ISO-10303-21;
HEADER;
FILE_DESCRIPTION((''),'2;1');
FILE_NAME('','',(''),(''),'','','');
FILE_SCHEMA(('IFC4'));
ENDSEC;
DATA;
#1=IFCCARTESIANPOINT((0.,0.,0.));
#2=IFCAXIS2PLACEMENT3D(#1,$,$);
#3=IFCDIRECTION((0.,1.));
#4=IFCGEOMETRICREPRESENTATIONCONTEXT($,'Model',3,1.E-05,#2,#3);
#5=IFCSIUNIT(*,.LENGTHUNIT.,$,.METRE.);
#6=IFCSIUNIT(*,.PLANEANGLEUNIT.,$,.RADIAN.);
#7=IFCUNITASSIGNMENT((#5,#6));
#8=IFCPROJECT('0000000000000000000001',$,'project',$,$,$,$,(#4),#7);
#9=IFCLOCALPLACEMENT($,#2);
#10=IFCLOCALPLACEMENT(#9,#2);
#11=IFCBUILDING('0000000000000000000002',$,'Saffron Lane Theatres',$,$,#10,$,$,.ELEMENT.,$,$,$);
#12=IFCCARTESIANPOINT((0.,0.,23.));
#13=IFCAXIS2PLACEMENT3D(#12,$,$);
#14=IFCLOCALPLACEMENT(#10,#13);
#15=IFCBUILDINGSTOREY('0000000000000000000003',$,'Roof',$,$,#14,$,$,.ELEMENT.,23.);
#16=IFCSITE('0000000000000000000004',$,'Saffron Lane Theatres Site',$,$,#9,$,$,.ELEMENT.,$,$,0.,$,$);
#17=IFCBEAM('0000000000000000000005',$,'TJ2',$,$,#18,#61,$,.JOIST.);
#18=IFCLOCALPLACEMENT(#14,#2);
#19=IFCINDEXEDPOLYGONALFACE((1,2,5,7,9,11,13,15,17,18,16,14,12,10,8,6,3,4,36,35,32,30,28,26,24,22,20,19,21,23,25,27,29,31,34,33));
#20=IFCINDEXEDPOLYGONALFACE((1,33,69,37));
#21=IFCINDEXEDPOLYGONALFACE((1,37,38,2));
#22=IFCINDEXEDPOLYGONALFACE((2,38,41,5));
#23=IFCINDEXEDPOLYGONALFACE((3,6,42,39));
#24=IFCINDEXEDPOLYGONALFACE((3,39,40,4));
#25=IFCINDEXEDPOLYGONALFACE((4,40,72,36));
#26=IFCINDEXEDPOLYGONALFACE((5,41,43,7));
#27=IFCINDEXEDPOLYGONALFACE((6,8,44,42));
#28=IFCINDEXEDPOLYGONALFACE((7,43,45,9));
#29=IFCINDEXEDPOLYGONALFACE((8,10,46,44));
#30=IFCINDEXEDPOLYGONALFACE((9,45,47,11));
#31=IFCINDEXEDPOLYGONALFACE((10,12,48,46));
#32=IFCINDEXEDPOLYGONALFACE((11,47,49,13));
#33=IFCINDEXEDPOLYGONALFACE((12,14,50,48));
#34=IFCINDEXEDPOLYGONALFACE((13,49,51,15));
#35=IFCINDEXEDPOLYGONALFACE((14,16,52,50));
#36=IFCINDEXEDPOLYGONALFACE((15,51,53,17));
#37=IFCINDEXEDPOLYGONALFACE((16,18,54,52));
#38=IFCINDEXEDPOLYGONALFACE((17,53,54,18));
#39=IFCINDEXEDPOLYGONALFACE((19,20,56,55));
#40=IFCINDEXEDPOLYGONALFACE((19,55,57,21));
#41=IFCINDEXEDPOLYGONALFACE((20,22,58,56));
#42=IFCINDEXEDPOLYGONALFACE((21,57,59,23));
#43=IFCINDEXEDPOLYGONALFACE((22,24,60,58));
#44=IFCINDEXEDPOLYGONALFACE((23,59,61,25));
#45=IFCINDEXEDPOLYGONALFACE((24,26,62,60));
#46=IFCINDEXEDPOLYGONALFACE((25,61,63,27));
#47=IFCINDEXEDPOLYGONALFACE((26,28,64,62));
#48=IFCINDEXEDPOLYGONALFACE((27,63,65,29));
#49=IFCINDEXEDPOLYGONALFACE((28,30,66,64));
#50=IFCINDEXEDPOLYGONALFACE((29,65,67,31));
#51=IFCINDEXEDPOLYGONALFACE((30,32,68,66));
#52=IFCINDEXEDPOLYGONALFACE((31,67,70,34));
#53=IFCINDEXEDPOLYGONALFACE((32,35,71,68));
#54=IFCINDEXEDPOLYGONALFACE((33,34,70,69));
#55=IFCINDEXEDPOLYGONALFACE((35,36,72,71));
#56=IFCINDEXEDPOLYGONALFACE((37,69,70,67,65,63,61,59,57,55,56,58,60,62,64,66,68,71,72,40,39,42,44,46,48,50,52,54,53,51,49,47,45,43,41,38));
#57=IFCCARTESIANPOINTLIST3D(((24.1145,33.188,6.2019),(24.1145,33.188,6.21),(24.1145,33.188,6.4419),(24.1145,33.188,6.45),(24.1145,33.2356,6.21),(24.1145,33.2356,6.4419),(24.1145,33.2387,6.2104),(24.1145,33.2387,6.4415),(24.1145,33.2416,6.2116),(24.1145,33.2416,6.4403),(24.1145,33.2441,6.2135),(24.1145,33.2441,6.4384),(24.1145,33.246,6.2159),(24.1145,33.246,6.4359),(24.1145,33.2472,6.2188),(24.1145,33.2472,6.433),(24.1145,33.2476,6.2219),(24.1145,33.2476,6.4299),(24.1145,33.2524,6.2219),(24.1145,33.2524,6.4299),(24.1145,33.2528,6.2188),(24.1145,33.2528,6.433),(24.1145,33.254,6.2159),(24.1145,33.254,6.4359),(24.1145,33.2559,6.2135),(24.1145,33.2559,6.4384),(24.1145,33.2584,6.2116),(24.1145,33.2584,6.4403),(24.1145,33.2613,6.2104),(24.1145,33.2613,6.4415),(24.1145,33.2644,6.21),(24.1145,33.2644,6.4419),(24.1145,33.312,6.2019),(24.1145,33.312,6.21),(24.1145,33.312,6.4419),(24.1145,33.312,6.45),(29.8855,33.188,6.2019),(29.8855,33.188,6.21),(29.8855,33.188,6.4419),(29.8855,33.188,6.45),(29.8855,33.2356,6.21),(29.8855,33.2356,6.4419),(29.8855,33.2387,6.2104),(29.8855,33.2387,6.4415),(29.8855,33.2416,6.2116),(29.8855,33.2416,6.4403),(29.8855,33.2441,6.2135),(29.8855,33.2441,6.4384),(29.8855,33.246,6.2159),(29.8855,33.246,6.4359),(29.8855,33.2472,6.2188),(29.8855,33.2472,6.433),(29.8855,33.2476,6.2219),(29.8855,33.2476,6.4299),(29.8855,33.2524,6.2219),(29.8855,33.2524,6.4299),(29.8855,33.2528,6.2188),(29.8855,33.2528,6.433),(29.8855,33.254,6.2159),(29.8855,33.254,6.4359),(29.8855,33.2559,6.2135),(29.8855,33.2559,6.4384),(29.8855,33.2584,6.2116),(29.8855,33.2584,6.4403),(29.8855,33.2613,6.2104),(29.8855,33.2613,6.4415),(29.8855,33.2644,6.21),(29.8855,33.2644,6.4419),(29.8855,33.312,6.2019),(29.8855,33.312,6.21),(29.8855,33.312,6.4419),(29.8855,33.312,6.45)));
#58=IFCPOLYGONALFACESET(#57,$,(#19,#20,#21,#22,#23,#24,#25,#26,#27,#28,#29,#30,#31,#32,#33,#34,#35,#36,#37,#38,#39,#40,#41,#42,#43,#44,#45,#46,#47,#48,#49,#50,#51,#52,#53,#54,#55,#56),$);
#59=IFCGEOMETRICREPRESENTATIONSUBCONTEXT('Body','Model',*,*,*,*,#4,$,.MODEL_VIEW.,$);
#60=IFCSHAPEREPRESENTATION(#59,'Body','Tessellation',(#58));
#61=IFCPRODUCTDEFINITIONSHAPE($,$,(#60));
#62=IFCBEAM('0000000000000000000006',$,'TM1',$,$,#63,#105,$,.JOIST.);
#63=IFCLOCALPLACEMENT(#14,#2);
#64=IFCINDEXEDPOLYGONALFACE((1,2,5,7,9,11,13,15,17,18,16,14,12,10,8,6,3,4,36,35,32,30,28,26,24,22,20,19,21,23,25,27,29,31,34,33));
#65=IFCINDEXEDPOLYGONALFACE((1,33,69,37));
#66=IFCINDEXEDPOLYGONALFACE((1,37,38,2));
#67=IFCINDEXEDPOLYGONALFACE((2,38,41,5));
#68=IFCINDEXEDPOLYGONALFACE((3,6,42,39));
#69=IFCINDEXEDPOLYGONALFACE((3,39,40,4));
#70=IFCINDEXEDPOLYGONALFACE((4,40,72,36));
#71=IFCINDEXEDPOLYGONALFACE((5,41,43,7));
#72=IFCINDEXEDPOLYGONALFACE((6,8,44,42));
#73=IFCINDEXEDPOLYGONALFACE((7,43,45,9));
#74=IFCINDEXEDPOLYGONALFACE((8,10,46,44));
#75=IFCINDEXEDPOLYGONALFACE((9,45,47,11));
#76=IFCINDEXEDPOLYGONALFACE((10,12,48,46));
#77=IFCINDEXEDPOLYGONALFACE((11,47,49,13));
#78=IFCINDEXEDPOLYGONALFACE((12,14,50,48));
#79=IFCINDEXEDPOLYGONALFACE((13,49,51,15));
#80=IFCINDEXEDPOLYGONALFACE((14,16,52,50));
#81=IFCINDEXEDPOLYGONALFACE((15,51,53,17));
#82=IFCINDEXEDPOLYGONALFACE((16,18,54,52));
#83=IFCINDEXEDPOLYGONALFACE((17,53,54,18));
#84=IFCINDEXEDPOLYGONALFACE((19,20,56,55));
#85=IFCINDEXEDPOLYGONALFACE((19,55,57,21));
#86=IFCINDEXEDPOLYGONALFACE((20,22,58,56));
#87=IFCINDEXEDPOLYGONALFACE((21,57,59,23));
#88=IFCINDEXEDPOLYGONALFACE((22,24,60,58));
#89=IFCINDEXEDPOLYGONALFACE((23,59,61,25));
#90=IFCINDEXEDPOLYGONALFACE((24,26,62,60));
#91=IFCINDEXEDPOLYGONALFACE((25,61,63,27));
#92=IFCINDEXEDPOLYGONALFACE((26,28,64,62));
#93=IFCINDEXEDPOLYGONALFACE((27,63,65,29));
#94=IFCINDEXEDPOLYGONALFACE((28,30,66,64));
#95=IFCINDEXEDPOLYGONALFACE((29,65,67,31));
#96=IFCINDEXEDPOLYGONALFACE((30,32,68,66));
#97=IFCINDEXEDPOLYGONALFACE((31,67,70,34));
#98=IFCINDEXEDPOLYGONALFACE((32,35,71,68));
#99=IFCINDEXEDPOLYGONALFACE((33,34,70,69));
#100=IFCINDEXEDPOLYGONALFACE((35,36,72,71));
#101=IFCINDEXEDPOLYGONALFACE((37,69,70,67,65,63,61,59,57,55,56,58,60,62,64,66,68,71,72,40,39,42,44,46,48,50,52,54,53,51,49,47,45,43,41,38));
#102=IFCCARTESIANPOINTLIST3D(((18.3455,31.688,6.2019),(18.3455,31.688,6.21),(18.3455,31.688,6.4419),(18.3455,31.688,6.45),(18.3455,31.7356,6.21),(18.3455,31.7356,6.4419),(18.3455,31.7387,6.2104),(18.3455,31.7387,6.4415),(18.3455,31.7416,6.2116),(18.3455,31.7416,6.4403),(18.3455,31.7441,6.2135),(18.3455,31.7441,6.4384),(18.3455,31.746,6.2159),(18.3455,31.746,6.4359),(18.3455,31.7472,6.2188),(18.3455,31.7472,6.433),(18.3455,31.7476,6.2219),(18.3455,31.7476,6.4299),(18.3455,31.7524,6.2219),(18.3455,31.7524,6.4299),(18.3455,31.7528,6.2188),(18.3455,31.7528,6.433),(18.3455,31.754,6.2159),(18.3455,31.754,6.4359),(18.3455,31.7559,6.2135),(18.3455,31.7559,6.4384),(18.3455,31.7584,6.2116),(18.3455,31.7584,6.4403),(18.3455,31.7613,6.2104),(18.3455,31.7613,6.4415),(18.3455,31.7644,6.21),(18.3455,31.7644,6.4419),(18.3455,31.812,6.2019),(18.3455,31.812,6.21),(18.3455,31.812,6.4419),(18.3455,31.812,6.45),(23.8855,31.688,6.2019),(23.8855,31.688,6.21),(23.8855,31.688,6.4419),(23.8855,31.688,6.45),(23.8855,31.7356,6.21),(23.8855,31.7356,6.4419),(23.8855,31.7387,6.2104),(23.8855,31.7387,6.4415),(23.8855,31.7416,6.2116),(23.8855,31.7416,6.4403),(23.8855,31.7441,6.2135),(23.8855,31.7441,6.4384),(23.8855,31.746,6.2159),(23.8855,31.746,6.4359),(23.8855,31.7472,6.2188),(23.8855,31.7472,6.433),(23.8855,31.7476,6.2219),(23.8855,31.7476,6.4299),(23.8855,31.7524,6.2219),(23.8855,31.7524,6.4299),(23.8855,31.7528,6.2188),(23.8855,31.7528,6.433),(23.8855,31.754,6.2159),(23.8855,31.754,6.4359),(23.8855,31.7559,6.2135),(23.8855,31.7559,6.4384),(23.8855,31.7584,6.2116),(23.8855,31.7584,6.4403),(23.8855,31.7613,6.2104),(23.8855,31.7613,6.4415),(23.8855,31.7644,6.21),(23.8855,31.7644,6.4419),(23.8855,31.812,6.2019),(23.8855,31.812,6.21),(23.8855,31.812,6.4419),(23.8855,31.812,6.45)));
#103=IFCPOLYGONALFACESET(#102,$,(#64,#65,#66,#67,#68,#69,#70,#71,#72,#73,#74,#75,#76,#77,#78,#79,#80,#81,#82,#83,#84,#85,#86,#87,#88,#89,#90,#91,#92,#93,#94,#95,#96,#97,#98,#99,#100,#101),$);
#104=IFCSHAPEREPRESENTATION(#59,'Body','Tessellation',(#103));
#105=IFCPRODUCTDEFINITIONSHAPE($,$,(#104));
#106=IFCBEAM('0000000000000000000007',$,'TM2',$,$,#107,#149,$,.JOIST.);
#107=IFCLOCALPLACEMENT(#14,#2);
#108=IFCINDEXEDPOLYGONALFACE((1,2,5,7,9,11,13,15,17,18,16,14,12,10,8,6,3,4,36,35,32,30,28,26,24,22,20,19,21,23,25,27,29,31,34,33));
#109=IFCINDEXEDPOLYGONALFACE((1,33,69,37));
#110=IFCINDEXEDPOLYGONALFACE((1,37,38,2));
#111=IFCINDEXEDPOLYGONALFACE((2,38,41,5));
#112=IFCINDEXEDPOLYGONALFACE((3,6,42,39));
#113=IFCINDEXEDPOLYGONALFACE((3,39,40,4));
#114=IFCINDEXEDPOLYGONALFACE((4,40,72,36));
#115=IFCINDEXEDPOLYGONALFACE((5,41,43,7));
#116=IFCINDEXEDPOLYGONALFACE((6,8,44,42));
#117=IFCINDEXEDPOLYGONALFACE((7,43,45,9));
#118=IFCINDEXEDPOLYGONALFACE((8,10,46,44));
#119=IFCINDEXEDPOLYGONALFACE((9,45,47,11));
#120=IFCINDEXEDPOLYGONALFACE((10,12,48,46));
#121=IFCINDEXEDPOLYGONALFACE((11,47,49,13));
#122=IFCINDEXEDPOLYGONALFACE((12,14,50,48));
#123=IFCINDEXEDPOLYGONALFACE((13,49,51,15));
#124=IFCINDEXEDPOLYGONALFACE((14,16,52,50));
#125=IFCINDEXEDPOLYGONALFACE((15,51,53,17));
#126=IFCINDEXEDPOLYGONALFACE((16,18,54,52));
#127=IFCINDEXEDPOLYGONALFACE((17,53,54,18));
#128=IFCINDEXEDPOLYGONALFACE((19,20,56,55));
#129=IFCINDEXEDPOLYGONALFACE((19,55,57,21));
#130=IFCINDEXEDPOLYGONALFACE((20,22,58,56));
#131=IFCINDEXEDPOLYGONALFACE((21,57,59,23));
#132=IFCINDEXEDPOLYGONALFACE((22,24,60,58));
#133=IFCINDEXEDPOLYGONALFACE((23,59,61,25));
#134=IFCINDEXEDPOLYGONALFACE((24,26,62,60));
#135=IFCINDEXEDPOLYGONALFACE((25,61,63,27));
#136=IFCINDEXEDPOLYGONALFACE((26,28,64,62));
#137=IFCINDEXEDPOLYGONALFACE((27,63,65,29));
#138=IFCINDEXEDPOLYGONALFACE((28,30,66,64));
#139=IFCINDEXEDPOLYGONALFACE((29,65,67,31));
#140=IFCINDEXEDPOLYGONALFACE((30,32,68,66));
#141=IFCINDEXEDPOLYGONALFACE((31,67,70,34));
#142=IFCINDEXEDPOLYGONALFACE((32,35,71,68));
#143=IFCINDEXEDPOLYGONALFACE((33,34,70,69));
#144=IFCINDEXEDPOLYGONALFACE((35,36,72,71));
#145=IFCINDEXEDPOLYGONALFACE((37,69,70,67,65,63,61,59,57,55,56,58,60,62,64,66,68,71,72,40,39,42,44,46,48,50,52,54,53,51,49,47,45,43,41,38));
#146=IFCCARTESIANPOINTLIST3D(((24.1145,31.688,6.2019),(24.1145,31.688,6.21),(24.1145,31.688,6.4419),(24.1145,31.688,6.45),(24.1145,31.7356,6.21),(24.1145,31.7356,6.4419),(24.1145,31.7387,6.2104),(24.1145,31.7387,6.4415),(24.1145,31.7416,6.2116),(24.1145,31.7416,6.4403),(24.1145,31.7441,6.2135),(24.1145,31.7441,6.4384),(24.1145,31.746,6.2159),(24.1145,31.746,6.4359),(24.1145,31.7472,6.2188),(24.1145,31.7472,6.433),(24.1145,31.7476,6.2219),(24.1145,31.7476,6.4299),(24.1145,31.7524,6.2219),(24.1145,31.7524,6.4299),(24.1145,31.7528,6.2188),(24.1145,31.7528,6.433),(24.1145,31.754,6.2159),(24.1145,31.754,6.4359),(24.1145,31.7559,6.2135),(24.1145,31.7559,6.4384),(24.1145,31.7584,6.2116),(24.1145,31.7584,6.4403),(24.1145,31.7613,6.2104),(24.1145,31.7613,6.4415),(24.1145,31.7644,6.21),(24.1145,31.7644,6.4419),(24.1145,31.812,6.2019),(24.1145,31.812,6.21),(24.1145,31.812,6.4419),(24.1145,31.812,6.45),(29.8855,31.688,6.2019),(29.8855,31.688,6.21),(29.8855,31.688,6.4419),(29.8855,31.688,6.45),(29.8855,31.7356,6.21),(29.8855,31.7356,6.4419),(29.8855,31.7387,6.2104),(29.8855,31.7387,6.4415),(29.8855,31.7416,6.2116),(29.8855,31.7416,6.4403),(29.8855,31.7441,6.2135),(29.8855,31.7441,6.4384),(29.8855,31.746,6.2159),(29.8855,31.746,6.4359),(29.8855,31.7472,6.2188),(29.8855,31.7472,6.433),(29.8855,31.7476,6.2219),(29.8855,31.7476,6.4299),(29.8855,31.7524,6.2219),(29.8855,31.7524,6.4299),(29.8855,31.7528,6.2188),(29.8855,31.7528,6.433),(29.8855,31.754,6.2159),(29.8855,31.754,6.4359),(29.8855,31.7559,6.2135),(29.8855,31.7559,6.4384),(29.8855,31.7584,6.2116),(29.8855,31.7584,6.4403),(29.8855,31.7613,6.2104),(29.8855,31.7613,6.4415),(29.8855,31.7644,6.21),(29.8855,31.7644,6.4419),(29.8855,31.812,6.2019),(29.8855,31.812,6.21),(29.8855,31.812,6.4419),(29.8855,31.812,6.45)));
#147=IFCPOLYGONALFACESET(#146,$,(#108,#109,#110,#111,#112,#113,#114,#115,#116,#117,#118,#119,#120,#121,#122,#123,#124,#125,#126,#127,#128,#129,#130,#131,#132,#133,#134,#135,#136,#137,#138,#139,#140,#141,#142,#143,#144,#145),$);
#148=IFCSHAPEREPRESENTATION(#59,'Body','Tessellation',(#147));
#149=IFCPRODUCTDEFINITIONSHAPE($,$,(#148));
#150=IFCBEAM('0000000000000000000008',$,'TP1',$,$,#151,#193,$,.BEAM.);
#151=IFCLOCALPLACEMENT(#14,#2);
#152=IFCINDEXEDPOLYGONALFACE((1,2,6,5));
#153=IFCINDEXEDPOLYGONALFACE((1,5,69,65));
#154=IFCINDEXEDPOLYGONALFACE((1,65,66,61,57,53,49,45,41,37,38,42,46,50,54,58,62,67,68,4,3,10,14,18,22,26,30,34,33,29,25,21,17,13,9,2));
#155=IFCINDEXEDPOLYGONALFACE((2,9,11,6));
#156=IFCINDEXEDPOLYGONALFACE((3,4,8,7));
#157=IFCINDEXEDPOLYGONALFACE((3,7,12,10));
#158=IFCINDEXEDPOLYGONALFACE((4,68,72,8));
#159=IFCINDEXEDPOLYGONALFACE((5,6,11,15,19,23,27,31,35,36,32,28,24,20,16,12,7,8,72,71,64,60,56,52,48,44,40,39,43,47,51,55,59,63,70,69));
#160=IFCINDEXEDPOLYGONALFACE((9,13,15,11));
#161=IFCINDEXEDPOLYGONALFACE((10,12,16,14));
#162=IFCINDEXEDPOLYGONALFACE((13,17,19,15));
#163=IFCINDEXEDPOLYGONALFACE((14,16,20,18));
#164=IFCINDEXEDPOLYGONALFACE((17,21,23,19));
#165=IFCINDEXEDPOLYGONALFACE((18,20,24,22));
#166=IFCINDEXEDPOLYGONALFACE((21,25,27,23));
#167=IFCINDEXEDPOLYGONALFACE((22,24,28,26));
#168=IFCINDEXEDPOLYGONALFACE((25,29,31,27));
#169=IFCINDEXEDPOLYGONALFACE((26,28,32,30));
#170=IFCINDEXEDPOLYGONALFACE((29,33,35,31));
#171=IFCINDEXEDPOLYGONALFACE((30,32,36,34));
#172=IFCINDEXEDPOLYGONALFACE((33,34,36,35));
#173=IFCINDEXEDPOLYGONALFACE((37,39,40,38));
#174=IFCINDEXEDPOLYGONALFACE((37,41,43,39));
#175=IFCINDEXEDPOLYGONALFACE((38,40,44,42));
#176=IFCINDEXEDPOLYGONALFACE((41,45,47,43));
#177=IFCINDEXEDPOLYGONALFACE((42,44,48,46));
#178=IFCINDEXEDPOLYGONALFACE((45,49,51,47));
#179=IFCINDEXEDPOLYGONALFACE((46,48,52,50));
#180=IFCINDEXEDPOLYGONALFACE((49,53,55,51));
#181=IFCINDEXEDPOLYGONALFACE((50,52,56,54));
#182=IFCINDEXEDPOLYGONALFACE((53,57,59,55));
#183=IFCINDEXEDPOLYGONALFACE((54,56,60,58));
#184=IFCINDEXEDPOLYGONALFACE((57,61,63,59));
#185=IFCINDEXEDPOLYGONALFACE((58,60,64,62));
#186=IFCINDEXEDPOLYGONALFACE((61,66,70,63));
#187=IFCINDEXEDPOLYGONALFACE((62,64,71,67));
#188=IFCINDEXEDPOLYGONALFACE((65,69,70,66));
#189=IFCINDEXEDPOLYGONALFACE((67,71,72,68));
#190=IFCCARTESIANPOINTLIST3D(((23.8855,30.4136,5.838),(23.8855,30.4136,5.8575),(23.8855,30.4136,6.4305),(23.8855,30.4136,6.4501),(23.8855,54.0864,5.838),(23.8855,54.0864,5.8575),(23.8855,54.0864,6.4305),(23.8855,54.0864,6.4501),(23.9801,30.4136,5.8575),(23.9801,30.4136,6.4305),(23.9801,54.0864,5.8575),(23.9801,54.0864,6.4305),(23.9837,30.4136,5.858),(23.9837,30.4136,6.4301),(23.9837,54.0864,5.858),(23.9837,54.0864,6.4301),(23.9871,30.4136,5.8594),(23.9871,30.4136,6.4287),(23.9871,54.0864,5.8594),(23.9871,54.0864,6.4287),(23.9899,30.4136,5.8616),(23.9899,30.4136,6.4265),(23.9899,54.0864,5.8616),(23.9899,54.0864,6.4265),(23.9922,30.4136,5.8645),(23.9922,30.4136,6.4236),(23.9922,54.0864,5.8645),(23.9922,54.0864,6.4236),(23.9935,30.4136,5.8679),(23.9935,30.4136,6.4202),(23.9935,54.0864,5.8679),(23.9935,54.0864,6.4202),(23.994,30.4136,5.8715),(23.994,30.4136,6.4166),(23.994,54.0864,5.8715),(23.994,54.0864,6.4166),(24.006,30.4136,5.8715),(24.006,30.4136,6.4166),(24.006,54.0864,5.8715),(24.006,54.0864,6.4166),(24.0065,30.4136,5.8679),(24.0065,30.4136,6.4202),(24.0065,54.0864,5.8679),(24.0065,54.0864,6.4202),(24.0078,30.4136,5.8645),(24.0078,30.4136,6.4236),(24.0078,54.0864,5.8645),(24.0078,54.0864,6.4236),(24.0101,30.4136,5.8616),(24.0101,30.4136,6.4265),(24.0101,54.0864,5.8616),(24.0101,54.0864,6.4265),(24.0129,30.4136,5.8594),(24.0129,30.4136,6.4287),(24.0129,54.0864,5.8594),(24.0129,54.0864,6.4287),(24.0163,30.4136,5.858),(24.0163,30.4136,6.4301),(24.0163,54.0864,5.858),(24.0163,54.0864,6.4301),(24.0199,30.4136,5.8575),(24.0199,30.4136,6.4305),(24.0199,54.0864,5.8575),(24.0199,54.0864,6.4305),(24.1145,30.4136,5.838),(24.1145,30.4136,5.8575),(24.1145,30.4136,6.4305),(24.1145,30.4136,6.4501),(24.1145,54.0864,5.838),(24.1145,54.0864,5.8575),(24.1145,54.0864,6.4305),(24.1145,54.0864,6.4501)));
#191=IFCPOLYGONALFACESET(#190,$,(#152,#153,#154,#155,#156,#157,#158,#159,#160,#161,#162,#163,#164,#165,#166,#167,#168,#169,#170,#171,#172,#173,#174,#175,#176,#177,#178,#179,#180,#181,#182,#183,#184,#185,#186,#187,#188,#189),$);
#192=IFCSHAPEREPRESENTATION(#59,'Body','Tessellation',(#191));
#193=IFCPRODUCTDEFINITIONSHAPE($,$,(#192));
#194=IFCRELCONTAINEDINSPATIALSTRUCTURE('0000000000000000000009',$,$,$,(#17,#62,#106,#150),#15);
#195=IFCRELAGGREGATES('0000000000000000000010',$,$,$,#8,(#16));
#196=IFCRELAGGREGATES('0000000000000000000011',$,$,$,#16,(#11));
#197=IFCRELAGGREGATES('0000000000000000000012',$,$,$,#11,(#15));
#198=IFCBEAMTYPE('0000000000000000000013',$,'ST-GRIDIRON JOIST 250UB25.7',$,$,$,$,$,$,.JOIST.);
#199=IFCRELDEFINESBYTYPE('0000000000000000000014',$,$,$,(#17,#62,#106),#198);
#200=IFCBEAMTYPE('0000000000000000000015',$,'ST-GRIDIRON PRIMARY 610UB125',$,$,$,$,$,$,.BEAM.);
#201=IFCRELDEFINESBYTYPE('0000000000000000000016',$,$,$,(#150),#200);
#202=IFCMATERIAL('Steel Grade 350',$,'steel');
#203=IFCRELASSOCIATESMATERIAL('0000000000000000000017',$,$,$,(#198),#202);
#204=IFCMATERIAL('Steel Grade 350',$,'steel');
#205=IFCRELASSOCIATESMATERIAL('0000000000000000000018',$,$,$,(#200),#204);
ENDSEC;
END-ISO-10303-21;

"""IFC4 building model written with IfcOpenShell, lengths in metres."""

from ifc_helpers import new_model, si_unit, direction, frame, origin, origin_2d, place, context, subcontext, project, spatial, i_section, extrude, material, material_profile, profile_set, type_object, element, save


model = new_model("IFC4")

# Units and contexts
model_context = context("Model", 3, precision=1e-05, world=origin(), true_north=direction((0.0, 1.0)))
body_context = subcontext(model_context, "Body", "Model", "MODEL_VIEW")
ifc_project = project(units=[si_unit("LENGTHUNIT", "METRE"), si_unit("PLANEANGLEUNIT", "RADIAN")], contexts=[model_context])

# Site, building, storey
site_placement = place(None, origin())
site = spatial("IfcSite", under=ifc_project, at=site_placement, Name="Saffron Lane Theatres Site", CompositionType="ELEMENT", RefElevation=0.0)
building_placement = place(site_placement, origin())
building = spatial("IfcBuilding", under=site, at=building_placement, Name="Saffron Lane Theatres", CompositionType="ELEMENT")
storey_placement = place(building_placement, frame((0.0, 0.0, 23.0)))
storey = spatial("IfcBuildingStorey", under=building, at=storey_placement, Name="Roof", CompositionType="ELEMENT", Elevation=23.0)

# Beams
ifc_material_1 = material(Name="Steel Grade 350", Category="steel")
ifc_material_profile_1 = material_profile(ifc_material_1, i_section(OverallWidth=0.124, OverallDepth=0.248, WebThickness=0.0049, FlangeThickness=0.0081, FilletRadius=0.012, at=origin_2d()))
ifc_profile_set_1 = profile_set([ifc_material_profile_1], Name="Steel Grade 350")
beam_type_1 = type_object("IfcBeamType", Name="ST-GRIDIRON JOIST 250UB25.7", PredefinedType="JOIST", material=ifc_profile_set_1)
beam_1_placement = place(storey_placement, frame((24.1145, 33.25, 6.3259), z_axis=(1.0, 0.0, 0.0), x_axis=(0.0, 1.0, 0.0)))
element("IfcBeam", 1, at=beam_1_placement, inside=storey, type_object=beam_type_1, Name="TJ2", PredefinedType="JOIST", context=body_context, shape_type="SweptSolid", body=[
    extrude(i_section(OverallWidth=0.124, OverallDepth=0.248, WebThickness=0.0049, FlangeThickness=0.0081, FilletRadius=0.012, at=origin_2d()), origin(), (0.0, 0.0, 1.0), 5.771),
])
beam_2_placement = place(storey_placement, frame((18.3455, 31.75, 6.3259), z_axis=(1.0, 0.0, 0.0), x_axis=(0.0, 1.0, 0.0)))
element("IfcBeam", 2, at=beam_2_placement, inside=storey, type_object=beam_type_1, Name="TM1", PredefinedType="JOIST", context=body_context, shape_type="SweptSolid", body=[
    extrude(i_section(OverallWidth=0.124, OverallDepth=0.248, WebThickness=0.0049, FlangeThickness=0.0081, FilletRadius=0.012, at=origin_2d()), origin(), (0.0, 0.0, 1.0), 5.54),
])
beam_3_placement = place(storey_placement, frame((24.1145, 31.75, 6.3259), z_axis=(1.0, 0.0, 0.0), x_axis=(0.0, 1.0, 0.0)))
element("IfcBeam", 3, at=beam_3_placement, inside=storey, type_object=beam_type_1, Name="TM2", PredefinedType="JOIST", context=body_context, shape_type="SweptSolid", body=[
    extrude(i_section(OverallWidth=0.124, OverallDepth=0.248, WebThickness=0.0049, FlangeThickness=0.0081, FilletRadius=0.012, at=origin_2d()), origin(), (0.0, 0.0, 1.0), 5.771),
])
ifc_material_2 = material(Name="Steel Grade 350", Category="steel")
ifc_material_profile_2 = material_profile(ifc_material_2, i_section(OverallWidth=0.229, OverallDepth=0.6121, WebThickness=0.012, FlangeThickness=0.0195, FilletRadius=0.0139, at=origin_2d()))
ifc_profile_set_2 = profile_set([ifc_material_profile_2], Name="Steel Grade 350")
beam_type_2 = type_object("IfcBeamType", Name="ST-GRIDIRON PRIMARY 610UB125", PredefinedType="BEAM", material=ifc_profile_set_2)
beam_4_placement = place(storey_placement, frame((24.0, 30.4136, 6.144), z_axis=(0.0, 1.0, 0.0), x_axis=(-1.0, 0.0, 0.0)))
element("IfcBeam", 4, at=beam_4_placement, inside=storey, type_object=beam_type_2, Name="TP1", PredefinedType="BEAM", context=body_context, shape_type="SweptSolid", body=[
    extrude(i_section(OverallWidth=0.229, OverallDepth=0.6121, WebThickness=0.012, FlangeThickness=0.0195, FilletRadius=0.0139, at=origin_2d()), origin(), (0.0, 0.0, 1.0), 23.6729),
])

save(model, "model.ifc")
